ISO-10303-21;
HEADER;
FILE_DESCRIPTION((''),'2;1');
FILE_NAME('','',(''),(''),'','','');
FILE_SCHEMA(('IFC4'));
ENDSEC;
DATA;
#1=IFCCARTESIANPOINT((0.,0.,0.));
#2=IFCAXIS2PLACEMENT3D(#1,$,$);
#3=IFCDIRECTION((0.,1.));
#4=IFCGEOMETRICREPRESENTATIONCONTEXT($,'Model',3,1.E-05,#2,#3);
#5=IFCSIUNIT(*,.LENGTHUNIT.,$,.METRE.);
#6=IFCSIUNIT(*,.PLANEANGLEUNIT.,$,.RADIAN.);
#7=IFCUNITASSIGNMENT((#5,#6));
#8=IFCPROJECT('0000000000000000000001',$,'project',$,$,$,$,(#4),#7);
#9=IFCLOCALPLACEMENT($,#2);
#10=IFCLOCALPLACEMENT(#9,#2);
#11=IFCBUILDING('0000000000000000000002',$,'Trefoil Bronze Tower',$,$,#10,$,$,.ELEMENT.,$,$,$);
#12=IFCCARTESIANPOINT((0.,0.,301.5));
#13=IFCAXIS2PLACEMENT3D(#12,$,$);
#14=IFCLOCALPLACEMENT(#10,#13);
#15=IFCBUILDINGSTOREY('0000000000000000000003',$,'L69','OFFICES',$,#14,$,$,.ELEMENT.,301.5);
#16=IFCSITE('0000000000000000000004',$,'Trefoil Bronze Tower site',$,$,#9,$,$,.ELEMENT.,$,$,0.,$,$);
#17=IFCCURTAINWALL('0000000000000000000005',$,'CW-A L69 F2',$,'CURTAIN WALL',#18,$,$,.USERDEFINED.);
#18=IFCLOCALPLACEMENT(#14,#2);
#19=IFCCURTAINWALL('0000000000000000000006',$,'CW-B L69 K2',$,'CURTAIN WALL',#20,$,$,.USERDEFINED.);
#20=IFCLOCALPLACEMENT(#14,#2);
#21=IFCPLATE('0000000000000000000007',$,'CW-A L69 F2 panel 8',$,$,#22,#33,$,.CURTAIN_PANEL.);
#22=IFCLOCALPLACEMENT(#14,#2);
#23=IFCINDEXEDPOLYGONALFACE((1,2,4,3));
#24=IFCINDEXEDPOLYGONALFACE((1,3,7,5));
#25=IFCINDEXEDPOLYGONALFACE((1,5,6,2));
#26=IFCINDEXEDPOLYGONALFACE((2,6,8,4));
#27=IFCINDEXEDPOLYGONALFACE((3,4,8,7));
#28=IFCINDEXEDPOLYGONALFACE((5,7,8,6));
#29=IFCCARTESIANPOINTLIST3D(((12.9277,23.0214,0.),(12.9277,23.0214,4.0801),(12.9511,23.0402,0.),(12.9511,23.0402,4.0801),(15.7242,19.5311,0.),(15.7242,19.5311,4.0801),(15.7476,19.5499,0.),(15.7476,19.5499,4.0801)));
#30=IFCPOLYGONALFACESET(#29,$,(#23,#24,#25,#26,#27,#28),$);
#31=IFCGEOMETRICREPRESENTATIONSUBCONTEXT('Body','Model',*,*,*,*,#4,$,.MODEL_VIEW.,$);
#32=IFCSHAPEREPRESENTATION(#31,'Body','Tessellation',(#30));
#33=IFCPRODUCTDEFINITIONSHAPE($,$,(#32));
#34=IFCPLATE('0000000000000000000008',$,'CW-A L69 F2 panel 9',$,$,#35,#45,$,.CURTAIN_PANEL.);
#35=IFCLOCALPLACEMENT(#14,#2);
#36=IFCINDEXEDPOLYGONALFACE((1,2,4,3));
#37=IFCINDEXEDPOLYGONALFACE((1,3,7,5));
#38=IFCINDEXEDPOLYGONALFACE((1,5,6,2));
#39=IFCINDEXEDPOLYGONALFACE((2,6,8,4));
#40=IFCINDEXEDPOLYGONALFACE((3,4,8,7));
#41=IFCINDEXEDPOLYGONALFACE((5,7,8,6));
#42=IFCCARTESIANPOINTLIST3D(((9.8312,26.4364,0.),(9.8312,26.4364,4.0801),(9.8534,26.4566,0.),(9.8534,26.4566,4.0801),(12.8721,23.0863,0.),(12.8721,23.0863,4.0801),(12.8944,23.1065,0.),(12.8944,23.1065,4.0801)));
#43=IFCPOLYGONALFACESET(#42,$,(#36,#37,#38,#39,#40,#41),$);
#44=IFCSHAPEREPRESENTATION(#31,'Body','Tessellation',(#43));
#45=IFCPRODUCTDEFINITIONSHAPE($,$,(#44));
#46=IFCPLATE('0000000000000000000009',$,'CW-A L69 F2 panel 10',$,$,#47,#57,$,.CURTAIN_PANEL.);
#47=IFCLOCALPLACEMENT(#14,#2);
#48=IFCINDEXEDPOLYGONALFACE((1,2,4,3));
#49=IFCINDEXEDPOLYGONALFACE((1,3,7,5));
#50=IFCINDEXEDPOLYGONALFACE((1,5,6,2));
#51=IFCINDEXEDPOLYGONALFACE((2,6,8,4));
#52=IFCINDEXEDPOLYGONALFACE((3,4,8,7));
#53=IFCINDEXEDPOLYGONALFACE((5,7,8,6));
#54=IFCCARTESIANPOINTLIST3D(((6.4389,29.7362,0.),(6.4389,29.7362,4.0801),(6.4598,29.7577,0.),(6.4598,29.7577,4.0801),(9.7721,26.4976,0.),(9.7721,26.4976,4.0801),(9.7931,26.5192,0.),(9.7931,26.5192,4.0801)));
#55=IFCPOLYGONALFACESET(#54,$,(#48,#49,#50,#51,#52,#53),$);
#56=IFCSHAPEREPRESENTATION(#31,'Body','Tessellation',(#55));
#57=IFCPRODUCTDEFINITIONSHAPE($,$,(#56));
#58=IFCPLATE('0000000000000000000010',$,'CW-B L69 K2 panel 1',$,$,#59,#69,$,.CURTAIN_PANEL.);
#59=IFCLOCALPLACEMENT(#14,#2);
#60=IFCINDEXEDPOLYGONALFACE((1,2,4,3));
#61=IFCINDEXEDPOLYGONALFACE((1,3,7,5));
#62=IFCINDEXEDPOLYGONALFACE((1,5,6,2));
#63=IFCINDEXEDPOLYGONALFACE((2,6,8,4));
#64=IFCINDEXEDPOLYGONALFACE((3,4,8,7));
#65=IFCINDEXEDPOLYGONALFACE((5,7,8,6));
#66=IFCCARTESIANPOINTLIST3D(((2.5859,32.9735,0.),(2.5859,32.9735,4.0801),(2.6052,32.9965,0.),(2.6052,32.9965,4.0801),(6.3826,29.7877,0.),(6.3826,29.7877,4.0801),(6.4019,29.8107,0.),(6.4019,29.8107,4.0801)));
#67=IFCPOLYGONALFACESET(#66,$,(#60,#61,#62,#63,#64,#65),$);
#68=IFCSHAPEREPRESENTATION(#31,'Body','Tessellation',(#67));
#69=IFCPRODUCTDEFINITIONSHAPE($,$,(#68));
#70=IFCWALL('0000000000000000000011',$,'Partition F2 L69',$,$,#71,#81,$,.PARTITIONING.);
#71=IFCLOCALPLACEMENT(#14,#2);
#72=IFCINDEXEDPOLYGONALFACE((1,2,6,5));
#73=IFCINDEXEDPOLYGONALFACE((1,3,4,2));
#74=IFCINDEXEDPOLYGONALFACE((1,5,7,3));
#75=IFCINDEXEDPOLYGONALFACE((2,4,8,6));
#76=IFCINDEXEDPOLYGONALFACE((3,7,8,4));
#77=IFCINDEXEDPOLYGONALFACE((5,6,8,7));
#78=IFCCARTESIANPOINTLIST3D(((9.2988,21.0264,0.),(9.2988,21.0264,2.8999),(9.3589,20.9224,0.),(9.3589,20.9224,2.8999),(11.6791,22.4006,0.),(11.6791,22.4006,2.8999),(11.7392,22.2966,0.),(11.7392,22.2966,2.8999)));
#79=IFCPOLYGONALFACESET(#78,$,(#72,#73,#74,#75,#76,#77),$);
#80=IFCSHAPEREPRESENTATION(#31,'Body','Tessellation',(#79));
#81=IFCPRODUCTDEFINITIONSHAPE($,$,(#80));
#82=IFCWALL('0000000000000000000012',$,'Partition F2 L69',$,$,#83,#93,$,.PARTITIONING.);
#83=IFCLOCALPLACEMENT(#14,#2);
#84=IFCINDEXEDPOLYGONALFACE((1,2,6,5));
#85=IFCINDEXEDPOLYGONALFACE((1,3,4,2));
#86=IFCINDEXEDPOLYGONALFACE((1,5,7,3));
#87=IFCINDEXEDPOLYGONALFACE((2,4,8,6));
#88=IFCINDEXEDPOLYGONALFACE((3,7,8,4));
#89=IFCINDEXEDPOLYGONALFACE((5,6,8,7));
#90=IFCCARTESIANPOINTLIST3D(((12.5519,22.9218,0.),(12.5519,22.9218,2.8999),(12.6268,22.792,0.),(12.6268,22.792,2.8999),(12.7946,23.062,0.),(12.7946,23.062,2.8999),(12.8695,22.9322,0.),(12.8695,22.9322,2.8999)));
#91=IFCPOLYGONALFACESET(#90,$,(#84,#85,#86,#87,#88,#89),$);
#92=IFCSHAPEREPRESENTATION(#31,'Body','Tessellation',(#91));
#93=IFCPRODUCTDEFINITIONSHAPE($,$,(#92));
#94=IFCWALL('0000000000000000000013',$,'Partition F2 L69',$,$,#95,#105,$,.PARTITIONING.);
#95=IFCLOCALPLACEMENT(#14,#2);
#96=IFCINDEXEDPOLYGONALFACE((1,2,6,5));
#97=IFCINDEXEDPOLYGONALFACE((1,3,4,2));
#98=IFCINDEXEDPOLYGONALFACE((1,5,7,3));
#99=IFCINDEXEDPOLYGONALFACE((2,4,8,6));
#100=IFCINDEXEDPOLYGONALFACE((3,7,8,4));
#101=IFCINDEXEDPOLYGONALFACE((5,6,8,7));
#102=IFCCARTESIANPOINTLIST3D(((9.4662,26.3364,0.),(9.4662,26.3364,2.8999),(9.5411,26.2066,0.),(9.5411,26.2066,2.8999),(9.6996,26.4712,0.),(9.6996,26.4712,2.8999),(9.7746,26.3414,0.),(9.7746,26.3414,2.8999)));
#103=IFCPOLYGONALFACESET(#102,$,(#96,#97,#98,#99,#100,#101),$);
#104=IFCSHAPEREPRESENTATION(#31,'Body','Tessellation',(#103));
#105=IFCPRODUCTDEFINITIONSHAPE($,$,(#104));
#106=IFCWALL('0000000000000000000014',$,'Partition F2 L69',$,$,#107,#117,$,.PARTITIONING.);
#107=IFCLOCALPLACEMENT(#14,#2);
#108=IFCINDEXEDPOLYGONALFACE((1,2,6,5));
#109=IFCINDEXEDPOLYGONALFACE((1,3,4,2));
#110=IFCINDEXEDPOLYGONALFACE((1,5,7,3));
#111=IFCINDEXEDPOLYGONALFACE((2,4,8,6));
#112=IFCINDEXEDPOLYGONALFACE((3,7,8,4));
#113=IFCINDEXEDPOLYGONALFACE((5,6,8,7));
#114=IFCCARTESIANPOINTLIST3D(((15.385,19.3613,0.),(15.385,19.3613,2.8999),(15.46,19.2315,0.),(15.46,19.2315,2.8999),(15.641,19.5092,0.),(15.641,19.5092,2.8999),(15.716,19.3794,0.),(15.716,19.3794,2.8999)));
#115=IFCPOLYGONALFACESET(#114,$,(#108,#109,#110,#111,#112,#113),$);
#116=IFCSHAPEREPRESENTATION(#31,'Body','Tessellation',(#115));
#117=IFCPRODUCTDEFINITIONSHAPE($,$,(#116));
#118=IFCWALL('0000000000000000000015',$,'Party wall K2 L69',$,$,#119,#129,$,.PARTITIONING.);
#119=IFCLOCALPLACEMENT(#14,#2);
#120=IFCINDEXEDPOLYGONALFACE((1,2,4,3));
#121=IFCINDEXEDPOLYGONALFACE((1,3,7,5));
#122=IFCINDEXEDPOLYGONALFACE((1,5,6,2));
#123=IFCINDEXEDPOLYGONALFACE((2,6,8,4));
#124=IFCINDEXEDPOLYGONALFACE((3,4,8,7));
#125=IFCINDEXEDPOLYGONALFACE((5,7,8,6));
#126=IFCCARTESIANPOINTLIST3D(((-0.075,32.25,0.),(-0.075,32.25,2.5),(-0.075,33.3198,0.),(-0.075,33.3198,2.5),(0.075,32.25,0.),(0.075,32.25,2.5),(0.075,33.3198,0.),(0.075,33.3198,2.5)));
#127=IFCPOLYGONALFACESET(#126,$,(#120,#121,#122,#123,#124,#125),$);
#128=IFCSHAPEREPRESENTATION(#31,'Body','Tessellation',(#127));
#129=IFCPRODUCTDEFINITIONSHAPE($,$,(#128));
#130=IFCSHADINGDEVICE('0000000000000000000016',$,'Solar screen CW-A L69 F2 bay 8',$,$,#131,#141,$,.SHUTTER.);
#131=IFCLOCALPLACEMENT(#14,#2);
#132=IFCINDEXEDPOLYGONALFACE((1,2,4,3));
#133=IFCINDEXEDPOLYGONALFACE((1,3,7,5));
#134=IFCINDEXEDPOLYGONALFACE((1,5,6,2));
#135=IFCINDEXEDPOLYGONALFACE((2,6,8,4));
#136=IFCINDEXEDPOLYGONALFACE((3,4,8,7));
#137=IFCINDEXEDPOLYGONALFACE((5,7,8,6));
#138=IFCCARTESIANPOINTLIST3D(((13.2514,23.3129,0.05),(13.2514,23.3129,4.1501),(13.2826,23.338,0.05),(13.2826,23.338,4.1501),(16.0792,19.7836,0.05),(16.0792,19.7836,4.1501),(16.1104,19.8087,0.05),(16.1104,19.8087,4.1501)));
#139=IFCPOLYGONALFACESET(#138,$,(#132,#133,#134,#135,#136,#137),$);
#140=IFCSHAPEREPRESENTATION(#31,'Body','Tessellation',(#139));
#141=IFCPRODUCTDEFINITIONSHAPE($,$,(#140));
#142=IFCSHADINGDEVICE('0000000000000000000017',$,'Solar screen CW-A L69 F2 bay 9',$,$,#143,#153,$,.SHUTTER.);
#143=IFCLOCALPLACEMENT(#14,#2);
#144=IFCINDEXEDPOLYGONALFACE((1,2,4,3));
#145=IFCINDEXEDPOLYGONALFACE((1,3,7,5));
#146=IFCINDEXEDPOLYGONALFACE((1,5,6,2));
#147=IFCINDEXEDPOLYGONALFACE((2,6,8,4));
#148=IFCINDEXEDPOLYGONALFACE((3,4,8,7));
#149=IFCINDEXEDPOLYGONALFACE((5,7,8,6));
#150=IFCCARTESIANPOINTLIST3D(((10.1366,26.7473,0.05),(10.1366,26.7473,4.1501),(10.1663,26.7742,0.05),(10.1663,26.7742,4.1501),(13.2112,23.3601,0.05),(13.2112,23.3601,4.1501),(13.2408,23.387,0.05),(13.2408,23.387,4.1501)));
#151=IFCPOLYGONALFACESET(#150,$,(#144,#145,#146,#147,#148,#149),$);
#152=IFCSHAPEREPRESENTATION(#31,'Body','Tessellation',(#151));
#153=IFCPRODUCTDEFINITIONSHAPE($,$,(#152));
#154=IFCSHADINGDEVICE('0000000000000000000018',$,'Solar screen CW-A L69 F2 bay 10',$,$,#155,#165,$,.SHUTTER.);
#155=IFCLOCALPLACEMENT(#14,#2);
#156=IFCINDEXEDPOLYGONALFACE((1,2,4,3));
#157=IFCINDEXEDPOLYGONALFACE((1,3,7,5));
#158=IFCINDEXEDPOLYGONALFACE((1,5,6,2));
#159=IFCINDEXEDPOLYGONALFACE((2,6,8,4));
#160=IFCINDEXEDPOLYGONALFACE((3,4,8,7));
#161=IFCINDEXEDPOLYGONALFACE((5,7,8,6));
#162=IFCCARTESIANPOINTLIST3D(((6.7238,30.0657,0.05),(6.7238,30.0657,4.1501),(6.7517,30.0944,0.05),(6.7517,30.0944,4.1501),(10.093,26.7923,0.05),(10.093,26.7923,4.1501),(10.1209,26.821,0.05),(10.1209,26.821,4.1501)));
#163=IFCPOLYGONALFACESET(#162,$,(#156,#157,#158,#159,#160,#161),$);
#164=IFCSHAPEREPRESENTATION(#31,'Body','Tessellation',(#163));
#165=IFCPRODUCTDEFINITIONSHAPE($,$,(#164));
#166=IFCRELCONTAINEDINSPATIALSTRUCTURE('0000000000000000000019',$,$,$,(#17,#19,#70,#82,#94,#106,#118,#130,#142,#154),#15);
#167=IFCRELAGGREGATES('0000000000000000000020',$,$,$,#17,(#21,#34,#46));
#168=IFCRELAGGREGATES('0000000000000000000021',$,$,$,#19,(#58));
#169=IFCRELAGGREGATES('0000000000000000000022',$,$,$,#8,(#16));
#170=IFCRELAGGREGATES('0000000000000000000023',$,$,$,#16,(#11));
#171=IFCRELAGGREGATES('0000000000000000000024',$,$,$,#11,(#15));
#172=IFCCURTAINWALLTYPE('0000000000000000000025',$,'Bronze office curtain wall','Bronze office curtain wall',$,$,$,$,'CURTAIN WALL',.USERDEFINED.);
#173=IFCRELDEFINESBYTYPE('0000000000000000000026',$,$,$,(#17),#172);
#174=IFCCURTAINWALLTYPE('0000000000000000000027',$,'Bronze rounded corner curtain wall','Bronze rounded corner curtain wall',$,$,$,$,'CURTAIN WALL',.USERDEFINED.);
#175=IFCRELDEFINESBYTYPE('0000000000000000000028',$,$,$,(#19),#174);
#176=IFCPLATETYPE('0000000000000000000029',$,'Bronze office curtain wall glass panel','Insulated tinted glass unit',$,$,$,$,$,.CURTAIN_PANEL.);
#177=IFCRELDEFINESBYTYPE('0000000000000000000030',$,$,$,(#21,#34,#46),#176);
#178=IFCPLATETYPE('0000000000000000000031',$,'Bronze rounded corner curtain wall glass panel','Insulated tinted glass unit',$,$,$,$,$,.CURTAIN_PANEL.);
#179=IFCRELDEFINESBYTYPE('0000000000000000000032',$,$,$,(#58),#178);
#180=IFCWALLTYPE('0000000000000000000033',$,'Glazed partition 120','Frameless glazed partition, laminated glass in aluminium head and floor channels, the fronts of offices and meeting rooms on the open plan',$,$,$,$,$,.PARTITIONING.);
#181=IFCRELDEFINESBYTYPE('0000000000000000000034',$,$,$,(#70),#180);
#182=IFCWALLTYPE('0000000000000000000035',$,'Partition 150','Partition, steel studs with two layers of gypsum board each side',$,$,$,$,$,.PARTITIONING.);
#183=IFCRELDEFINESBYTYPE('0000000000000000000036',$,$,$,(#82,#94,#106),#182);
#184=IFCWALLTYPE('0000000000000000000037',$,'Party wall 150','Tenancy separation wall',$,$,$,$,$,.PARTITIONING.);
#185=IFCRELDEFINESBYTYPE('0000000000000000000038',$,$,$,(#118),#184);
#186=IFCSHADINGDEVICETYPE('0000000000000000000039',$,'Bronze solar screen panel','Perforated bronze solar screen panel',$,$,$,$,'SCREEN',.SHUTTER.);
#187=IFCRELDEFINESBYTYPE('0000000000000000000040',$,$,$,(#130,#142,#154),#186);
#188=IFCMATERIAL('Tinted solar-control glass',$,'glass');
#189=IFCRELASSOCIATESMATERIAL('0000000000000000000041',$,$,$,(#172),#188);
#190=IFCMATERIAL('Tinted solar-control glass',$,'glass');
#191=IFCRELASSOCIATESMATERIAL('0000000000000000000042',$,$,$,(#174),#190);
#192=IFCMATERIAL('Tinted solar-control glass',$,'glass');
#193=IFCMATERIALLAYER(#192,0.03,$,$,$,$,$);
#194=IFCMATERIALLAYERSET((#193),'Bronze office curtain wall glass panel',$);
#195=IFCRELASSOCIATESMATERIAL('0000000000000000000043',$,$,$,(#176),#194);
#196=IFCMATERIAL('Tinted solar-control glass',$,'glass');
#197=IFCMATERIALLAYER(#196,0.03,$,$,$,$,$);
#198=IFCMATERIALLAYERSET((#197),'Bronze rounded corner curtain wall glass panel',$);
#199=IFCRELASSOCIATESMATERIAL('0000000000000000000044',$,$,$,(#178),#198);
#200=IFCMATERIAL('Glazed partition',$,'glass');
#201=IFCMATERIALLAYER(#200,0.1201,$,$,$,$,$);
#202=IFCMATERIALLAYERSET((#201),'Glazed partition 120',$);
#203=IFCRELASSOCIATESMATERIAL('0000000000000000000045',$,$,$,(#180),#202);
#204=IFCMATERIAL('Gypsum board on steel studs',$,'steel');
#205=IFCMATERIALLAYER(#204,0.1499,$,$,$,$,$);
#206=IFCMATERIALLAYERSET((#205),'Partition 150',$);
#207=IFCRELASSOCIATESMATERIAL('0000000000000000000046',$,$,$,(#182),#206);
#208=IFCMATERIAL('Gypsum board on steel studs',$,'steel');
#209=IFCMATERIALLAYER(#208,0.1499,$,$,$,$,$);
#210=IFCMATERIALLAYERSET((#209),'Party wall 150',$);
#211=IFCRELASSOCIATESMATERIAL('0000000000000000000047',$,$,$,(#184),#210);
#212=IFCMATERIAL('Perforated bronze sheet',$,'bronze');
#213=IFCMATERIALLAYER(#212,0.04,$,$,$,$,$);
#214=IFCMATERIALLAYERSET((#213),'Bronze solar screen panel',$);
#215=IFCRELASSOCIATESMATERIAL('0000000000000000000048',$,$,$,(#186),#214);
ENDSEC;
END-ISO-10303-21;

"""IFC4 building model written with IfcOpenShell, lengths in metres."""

from ifc_helpers import new_model, si_unit, direction, frame, frame_2d, origin, origin_2d, place, context, subcontext, project, spatial, rectangle, extrude, material, layer, layer_set, type_object, element, aggregate, save


model = new_model("IFC4")

# Units and contexts
model_context = context("Model", 3, precision=1e-05, world=origin(), true_north=direction((0.0, 1.0)))
body_context = subcontext(model_context, "Body", "Model", "MODEL_VIEW")
ifc_project = project(units=[si_unit("LENGTHUNIT", "METRE"), si_unit("PLANEANGLEUNIT", "RADIAN")], contexts=[model_context])

# Site, building, storey
site_placement = place(None, origin())
site = spatial("IfcSite", under=ifc_project, at=site_placement, Name="Trefoil Bronze Tower site", CompositionType="ELEMENT", RefElevation=0.0)
building_placement = place(site_placement, origin())
building = spatial("IfcBuilding", under=site, at=building_placement, Name="Trefoil Bronze Tower", CompositionType="ELEMENT")
storey_placement = place(building_placement, frame((0.0, 0.0, 301.5)))
storey = spatial("IfcBuildingStorey", under=building, at=storey_placement, Name="L69", Description="OFFICES", CompositionType="ELEMENT", Elevation=301.5)

# Curtain walls
ifc_material_1 = material(Name="Tinted solar-control glass", Category="glass")
curtain_wall_type_1 = type_object("IfcCurtainWallType", Name="Bronze office curtain wall", Description="Bronze office curtain wall", ElementType="CURTAIN WALL", PredefinedType="USERDEFINED", material=ifc_material_1)
curtain_wall_1_placement = place(storey_placement, origin())
curtain_wall_1 = element("IfcCurtainWall", 1, at=curtain_wall_1_placement, inside=storey, type_object=curtain_wall_type_1, Name="CW-A L69 F2", ObjectType="CURTAIN WALL", PredefinedType="USERDEFINED")
ifc_material_2 = material(Name="Tinted solar-control glass", Category="glass")
curtain_wall_type_2 = type_object("IfcCurtainWallType", Name="Bronze rounded corner curtain wall", Description="Bronze rounded corner curtain wall", ElementType="CURTAIN WALL", PredefinedType="USERDEFINED", material=ifc_material_2)
curtain_wall_2_placement = place(storey_placement, origin())
curtain_wall_2 = element("IfcCurtainWall", 2, at=curtain_wall_2_placement, inside=storey, type_object=curtain_wall_type_2, Name="CW-B L69 K2", ObjectType="CURTAIN WALL", PredefinedType="USERDEFINED")

# Plates
ifc_material_3 = material(Name="Tinted solar-control glass", Category="glass")
ifc_layer_1 = layer(ifc_material_3, 0.03)
ifc_layer_set_1 = layer_set([ifc_layer_1], Name="Bronze office curtain wall glass panel")
plate_type_1 = type_object("IfcPlateType", Name="Bronze office curtain wall glass panel", Description="Insulated tinted glass unit", PredefinedType="CURTAIN_PANEL", material=ifc_layer_set_1)
plate_1_placement = place(storey_placement, frame((14.3376, 21.2856, 0.0), z_axis=(0.0, 0.0, 1.0), x_axis=(-0.625287, 0.780395, 0.0)))
plate_1 = element("IfcPlate", 3, at=plate_1_placement, type_object=plate_type_1, Name="CW-A L69 F2 panel 8", PredefinedType="CURTAIN_PANEL", context=body_context, shape_type="SweptSolid", body=[
    extrude(rectangle(XDim=4.4724, YDim=0.03, at=origin_2d()), origin(), (0.0, 0.0, 1.0), 4.0801),
])
plate_2_placement = place(storey_placement, frame((11.3628, 24.7715, 0.0), z_axis=(0.0, 0.0, 1.0), x_axis=(-0.672115, 0.740447, 0.0)))
plate_2 = element("IfcPlate", 4, at=plate_2_placement, type_object=plate_type_1, Name="CW-A L69 F2 panel 9", PredefinedType="CURTAIN_PANEL", context=body_context, shape_type="SweptSolid", body=[
    extrude(rectangle(XDim=4.5244, YDim=0.03, at=origin_2d()), origin(), (0.0, 0.0, 1.0), 4.0801),
])
plate_3_placement = place(storey_placement, frame((8.116, 28.1277, 0.0), z_axis=(0.0, 0.0, 1.0), x_axis=(-0.717218, 0.696849, 0.0)))
plate_3 = element("IfcPlate", 5, at=plate_3_placement, type_object=plate_type_1, Name="CW-A L69 F2 panel 10", PredefinedType="CURTAIN_PANEL", context=body_context, shape_type="SweptSolid", body=[
    extrude(rectangle(XDim=4.6475, YDim=0.03, at=origin_2d()), origin(), (0.0, 0.0, 1.0), 4.0801),
])
aggregate(curtain_wall_1, [plate_1, plate_2, plate_3])
ifc_material_4 = material(Name="Tinted solar-control glass", Category="glass")
ifc_layer_2 = layer(ifc_material_4, 0.03)
ifc_layer_set_2 = layer_set([ifc_layer_2], Name="Bronze rounded corner curtain wall glass panel")
plate_type_2 = type_object("IfcPlateType", Name="Bronze rounded corner curtain wall glass panel", Description="Insulated tinted glass unit", PredefinedType="CURTAIN_PANEL", material=ifc_layer_set_2)
plate_4_placement = place(storey_placement, frame((4.4939, 31.3921, 0.0), z_axis=(0.0, 0.0, 1.0), x_axis=(-0.766044, 0.642788, 0.0)))
plate_4 = element("IfcPlate", 6, at=plate_4_placement, type_object=plate_type_2, Name="CW-B L69 K2 panel 1", PredefinedType="CURTAIN_PANEL", context=body_context, shape_type="SweptSolid", body=[
    extrude(rectangle(XDim=4.9563, YDim=0.03, at=origin_2d()), origin(), (0.0, 0.0, 1.0), 4.0801),
])
aggregate(curtain_wall_2, [plate_4])

# Walls
ifc_material_5 = material(Name="Glazed partition", Category="glass")
ifc_layer_3 = layer(ifc_material_5, 0.1201)
ifc_layer_set_3 = layer_set([ifc_layer_3], Name="Glazed partition 120")
wall_type_1 = type_object("IfcWallType", Name="Glazed partition 120", Description="Frameless glazed partition, laminated glass in aluminium head and floor channels, the fronts of offices and meeting rooms on the open plan", PredefinedType="PARTITIONING", material=ifc_layer_set_3)
wall_1_placement = place(storey_placement, frame((9.3289, 20.9744, 0.0), z_axis=(0.0, 0.0, 1.0), x_axis=(0.866032, 0.499989, 0.0)))
element("IfcWall", 7, at=wall_1_placement, inside=storey, type_object=wall_type_1, Name="Partition F2 L69", PredefinedType="PARTITIONING", context=body_context, shape_type="SweptSolid", body=[
    extrude(rectangle(XDim=2.7485, YDim=0.1201, at=frame_2d((1.3743, 0.0))), origin(), (0.0, 0.0, 1.0), 2.8999),
])
ifc_material_6 = material(Name="Gypsum board on steel studs", Category="steel")
ifc_layer_4 = layer(ifc_material_6, 0.1499)
ifc_layer_set_4 = layer_set([ifc_layer_4], Name="Partition 150")
wall_type_2 = type_object("IfcWallType", Name="Partition 150", Description="Partition, steel studs with two layers of gypsum board each side", PredefinedType="PARTITIONING", material=ifc_layer_set_4)
wall_2_placement = place(storey_placement, frame((12.5894, 22.8569, 0.0), z_axis=(0.0, 0.0, 1.0), x_axis=(0.865982, 0.500074, 0.0)))
element("IfcWall", 8, at=wall_2_placement, inside=storey, type_object=wall_type_2, Name="Partition F2 L69", PredefinedType="PARTITIONING", context=body_context, shape_type="SweptSolid", body=[
    extrude(rectangle(XDim=0.2803, YDim=0.1499, at=frame_2d((0.1401, 0.0))), origin(), (0.0, 0.0, 1.0), 2.8999),
])
wall_3_placement = place(storey_placement, frame((9.5037, 26.2715, 0.0), z_axis=(0.0, 0.0, 1.0), x_axis=(0.866005, 0.500036, 0.0)))
element("IfcWall", 9, at=wall_3_placement, inside=storey, type_object=wall_type_2, Name="Partition F2 L69", PredefinedType="PARTITIONING", context=body_context, shape_type="SweptSolid", body=[
    extrude(rectangle(XDim=0.2695, YDim=0.1499, at=frame_2d((0.1348, 0.0))), origin(), (0.0, 0.0, 1.0), 2.8999),
])
wall_4_placement = place(storey_placement, frame((15.4224, 19.2964, 0.0), z_axis=(0.0, 0.0, 1.0), x_axis=(0.865897, 0.500223, 0.0)))
element("IfcWall", 10, at=wall_4_placement, inside=storey, type_object=wall_type_2, Name="Partition F2 L69", PredefinedType="PARTITIONING", context=body_context, shape_type="SweptSolid", body=[
    extrude(rectangle(XDim=0.2957, YDim=0.1499, at=frame_2d((0.1479, 0.0))), origin(), (0.0, 0.0, 1.0), 2.8999),
])
ifc_material_7 = material(Name="Gypsum board on steel studs", Category="steel")
ifc_layer_5 = layer(ifc_material_7, 0.1499)
ifc_layer_set_5 = layer_set([ifc_layer_5], Name="Party wall 150")
wall_type_3 = type_object("IfcWallType", Name="Party wall 150", Description="Tenancy separation wall", PredefinedType="PARTITIONING", material=ifc_layer_set_5)
wall_5_placement = place(storey_placement, frame((0.0, 32.25, 0.0), z_axis=(0.0, 0.0, 1.0), x_axis=(0.0, 1.0, 0.0)))
element("IfcWall", 11, at=wall_5_placement, inside=storey, type_object=wall_type_3, Name="Party wall K2 L69", PredefinedType="PARTITIONING", context=body_context, shape_type="SweptSolid", body=[
    extrude(rectangle(XDim=1.0698, YDim=0.1499, at=frame_2d((0.5349, 0.0))), origin(), (0.0, 0.0, 1.0), 2.5),
])

# Shading devices
ifc_material_8 = material(Name="Perforated bronze sheet", Category="bronze")
ifc_layer_6 = layer(ifc_material_8, 0.04)
ifc_layer_set_6 = layer_set([ifc_layer_6], Name="Bronze solar screen panel")
shading_device_type = type_object("IfcShadingDeviceType", Name="Bronze solar screen panel", Description="Perforated bronze solar screen panel", ElementType="SCREEN", PredefinedType="SHUTTER", material=ifc_layer_set_6)
shading_device_1_placement = place(storey_placement, frame((14.6809, 21.5608, 0.05), z_axis=(0.0, 0.0, 1.0), x_axis=(-0.625287, 0.780395, 0.0)))
element("IfcShadingDevice", 12, at=shading_device_1_placement, inside=storey, type_object=shading_device_type, Name="Solar screen CW-A L69 F2 bay 8", PredefinedType="SHUTTER", context=body_context, shape_type="SweptSolid", body=[
    extrude(rectangle(XDim=4.5225, YDim=0.04, at=origin_2d()), origin(), (0.0, 0.0, 1.0), 4.1001),
])
shading_device_2_placement = place(storey_placement, frame((11.6887, 25.0671, 0.05), z_axis=(0.0, 0.0, 1.0), x_axis=(-0.672115, 0.740447, 0.0)))
element("IfcShadingDevice", 13, at=shading_device_2_placement, inside=storey, type_object=shading_device_type, Name="Solar screen CW-A L69 F2 bay 9", PredefinedType="SHUTTER", context=body_context, shape_type="SweptSolid", body=[
    extrude(rectangle(XDim=4.5745, YDim=0.04, at=origin_2d()), origin(), (0.0, 0.0, 1.0), 4.1001),
])
shading_device_3_placement = place(storey_placement, frame((8.4224, 28.4434, 0.05), z_axis=(0.0, 0.0, 1.0), x_axis=(-0.717218, 0.696849, 0.0)))
element("IfcShadingDevice", 14, at=shading_device_3_placement, inside=storey, type_object=shading_device_type, Name="Solar screen CW-A L69 F2 bay 10", PredefinedType="SHUTTER", context=body_context, shape_type="SweptSolid", body=[
    extrude(rectangle(XDim=4.6975, YDim=0.04, at=origin_2d()), origin(), (0.0, 0.0, 1.0), 4.1001),
])

save(model, "model.ifc")
